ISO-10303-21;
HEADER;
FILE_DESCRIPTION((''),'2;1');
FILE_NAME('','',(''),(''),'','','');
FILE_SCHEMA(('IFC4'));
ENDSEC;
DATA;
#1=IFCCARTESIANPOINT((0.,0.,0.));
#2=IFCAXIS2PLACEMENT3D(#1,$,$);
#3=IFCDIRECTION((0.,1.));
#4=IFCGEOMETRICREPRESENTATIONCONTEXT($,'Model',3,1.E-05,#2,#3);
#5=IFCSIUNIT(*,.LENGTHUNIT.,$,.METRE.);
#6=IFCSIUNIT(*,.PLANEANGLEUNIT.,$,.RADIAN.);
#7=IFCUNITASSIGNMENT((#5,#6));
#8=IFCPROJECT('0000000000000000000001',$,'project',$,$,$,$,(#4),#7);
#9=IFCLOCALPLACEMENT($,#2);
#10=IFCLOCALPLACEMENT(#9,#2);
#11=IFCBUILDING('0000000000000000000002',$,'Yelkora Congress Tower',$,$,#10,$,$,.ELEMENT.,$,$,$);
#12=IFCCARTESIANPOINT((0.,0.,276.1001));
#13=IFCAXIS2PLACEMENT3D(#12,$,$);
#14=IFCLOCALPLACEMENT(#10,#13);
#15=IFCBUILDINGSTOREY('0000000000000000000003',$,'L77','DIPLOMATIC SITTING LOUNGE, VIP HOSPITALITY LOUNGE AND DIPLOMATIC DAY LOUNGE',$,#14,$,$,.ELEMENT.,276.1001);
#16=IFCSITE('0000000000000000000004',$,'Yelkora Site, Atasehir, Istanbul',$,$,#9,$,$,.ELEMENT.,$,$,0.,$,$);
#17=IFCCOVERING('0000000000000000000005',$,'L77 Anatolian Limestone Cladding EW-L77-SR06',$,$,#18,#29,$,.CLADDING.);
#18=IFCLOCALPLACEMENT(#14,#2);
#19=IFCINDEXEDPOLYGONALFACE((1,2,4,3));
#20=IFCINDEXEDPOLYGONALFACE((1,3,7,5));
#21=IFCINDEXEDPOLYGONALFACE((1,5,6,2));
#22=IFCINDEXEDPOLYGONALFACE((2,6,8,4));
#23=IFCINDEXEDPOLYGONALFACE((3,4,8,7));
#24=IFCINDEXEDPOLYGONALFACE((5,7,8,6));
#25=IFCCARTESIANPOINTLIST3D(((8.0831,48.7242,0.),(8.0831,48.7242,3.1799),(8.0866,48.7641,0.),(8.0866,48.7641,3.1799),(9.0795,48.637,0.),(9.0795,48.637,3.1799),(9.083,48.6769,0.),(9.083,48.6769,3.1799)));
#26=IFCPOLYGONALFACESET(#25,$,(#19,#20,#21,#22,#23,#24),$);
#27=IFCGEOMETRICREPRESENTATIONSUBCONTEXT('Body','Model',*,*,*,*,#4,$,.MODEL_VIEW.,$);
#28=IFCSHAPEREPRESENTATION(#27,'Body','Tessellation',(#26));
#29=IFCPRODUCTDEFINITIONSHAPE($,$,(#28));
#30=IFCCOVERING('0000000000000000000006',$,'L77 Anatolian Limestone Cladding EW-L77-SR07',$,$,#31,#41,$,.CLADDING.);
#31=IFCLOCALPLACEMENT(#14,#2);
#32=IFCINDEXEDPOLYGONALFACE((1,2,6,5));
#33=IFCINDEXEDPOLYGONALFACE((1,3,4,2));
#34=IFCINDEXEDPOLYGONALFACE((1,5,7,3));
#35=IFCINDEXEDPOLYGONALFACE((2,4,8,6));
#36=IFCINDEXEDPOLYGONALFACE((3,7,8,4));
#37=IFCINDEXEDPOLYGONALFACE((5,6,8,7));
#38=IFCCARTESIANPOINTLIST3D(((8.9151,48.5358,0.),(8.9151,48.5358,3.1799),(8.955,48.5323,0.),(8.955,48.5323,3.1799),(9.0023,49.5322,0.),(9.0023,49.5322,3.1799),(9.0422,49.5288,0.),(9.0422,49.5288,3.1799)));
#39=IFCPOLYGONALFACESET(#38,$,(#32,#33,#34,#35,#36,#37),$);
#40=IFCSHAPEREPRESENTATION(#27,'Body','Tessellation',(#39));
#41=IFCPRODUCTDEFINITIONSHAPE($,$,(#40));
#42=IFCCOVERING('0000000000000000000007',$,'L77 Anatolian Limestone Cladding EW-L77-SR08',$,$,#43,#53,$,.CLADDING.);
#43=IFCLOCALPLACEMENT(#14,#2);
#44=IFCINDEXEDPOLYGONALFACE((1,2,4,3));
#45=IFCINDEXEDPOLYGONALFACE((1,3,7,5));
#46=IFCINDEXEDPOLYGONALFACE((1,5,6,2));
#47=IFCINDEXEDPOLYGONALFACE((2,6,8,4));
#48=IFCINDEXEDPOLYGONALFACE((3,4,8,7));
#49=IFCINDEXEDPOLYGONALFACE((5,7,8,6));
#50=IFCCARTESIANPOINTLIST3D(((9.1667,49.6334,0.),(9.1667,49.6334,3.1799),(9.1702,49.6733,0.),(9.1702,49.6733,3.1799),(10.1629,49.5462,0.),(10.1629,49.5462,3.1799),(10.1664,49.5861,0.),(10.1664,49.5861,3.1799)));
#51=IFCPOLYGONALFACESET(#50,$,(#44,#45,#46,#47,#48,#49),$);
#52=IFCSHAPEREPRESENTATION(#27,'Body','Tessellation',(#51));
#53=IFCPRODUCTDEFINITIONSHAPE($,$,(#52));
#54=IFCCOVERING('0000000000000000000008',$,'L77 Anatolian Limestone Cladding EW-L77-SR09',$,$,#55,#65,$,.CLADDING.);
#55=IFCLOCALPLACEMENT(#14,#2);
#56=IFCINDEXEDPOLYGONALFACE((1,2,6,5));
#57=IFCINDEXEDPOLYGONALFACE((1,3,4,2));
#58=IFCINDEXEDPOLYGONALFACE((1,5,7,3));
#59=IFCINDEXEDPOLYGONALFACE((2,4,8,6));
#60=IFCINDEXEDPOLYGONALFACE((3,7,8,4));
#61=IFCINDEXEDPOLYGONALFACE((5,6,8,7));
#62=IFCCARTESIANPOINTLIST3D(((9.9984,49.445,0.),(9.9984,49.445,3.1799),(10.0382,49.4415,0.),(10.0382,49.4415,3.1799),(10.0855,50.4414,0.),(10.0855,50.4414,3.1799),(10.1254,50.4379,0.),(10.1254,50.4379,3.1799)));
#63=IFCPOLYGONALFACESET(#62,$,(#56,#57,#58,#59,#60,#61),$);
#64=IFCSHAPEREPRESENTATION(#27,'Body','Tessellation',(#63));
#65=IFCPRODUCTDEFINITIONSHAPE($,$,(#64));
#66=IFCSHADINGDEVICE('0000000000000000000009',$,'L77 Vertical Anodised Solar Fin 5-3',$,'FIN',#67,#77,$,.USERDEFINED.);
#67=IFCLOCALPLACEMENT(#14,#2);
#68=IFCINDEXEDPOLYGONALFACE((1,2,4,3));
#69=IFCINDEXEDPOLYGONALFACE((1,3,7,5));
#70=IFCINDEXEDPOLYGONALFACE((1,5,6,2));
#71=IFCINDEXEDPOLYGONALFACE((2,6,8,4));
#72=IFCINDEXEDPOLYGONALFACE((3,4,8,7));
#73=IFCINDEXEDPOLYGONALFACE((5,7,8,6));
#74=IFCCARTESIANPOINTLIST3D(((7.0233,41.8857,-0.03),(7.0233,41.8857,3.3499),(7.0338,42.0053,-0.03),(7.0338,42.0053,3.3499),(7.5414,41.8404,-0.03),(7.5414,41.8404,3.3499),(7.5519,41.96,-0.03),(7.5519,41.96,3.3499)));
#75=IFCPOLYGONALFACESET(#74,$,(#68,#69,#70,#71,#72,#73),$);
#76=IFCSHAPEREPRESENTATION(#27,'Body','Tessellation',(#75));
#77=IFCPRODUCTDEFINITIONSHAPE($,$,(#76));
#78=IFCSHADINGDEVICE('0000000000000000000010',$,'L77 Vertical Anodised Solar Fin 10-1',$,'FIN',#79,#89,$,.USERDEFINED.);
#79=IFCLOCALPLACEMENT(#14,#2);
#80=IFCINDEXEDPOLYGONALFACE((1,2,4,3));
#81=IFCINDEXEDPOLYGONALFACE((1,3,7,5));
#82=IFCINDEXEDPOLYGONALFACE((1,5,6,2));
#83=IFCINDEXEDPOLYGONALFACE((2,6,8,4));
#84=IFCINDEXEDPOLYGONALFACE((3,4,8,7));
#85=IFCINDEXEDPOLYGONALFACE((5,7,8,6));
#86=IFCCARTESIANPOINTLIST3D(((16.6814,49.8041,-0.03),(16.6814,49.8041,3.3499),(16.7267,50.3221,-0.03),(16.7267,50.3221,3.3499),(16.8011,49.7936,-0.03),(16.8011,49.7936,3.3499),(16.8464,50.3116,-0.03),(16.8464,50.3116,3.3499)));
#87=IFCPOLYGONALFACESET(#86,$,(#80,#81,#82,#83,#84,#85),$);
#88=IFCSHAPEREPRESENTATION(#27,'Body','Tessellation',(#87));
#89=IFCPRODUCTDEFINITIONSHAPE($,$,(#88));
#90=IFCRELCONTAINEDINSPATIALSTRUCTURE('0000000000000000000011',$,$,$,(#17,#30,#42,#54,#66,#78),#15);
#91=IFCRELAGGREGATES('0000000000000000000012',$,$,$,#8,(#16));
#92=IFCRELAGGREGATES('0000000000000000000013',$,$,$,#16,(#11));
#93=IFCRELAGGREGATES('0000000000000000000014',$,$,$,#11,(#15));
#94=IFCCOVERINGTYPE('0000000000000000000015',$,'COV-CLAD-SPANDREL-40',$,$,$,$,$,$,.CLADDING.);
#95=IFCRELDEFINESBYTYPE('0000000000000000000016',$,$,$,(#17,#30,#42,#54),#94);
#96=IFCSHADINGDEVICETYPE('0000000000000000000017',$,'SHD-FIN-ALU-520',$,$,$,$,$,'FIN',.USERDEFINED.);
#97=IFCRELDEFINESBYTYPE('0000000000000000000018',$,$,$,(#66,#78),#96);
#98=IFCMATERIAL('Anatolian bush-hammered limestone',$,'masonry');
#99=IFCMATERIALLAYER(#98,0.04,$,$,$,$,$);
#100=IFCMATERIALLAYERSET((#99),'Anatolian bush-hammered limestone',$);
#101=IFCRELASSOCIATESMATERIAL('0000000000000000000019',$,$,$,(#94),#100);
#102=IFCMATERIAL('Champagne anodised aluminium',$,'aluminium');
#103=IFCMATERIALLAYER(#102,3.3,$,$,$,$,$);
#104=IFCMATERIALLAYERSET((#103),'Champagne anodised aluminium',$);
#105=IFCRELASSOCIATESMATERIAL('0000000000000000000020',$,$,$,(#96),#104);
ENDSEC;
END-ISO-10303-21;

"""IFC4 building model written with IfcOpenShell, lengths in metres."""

from ifc_helpers import new_model, si_unit, direction, frame, frame_2d, origin, origin_2d, place, context, subcontext, project, spatial, rectangle, extrude, material, layer, layer_set, type_object, element, save


model = new_model("IFC4")

# Units and contexts
model_context = context("Model", 3, precision=1e-05, world=origin(), true_north=direction((0.0, 1.0)))
body_context = subcontext(model_context, "Body", "Model", "MODEL_VIEW")
ifc_project = project(units=[si_unit("LENGTHUNIT", "METRE"), si_unit("PLANEANGLEUNIT", "RADIAN")], contexts=[model_context])

# Site, building, storey
site_placement = place(None, origin())
site = spatial("IfcSite", under=ifc_project, at=site_placement, Name="Yelkora Site, Atasehir, Istanbul", CompositionType="ELEMENT", RefElevation=0.0)
building_placement = place(site_placement, origin())
building = spatial("IfcBuilding", under=site, at=building_placement, Name="Yelkora Congress Tower", CompositionType="ELEMENT")
storey_placement = place(building_placement, frame((0.0, 0.0, 276.1001)))
storey = spatial("IfcBuildingStorey", under=building, at=storey_placement, Name="L77", Description="DIPLOMATIC SITTING LOUNGE, VIP HOSPITALITY LOUNGE AND DIPLOMATIC DAY LOUNGE", CompositionType="ELEMENT", Elevation=276.1001)

# Coverings
ifc_material_1 = material(Name="Anatolian bush-hammered limestone", Category="masonry")
ifc_layer_1 = layer(ifc_material_1, 0.04)
ifc_layer_set_1 = layer_set([ifc_layer_1], Name="Anatolian bush-hammered limestone")
covering_type = type_object("IfcCoveringType", Name="COV-CLAD-SPANDREL-40", PredefinedType="CLADDING", material=ifc_layer_set_1)
for number, where, z_axis, x_axis, name in (
    (1, (8.085, 48.7441, 0.0), (0.0, 0.0, 1.0), (0.996196, -0.087146, 0.0), "L77 Anatolian Limestone Cladding EW-L77-SR06"),
    (2, (8.9351, 48.5342, 0.0), (0.0, 0.0, 1.0), (0.087146, 0.996196, 0.0), "L77 Anatolian Limestone Cladding EW-L77-SR07"),
):
    element("IfcCovering", number, at=place(storey_placement, frame(where, z_axis=z_axis, x_axis=x_axis)), inside=storey, type_object=covering_type, Name=name, PredefinedType="CLADDING", context=body_context, shape_type="SweptSolid", body=[
        extrude(rectangle(XDim=1.0002, YDim=0.04, at=frame_2d((0.5, 0.0))), origin(), (0.0, 0.0, 1.0), 3.1799),
    ])
covering_1_placement = place(storey_placement, frame((9.1685, 49.6533, 0.0), z_axis=(0.0, 0.0, 1.0), x_axis=(0.996194, -0.087167, 0.0)))
element("IfcCovering", 3, at=covering_1_placement, inside=storey, type_object=covering_type, Name="L77 Anatolian Limestone Cladding EW-L77-SR08", PredefinedType="CLADDING", context=body_context, shape_type="SweptSolid", body=[
    extrude(rectangle(XDim=1.0, YDim=0.04, at=frame_2d((0.5, 0.0))), origin(), (0.0, 0.0, 1.0), 3.1799),
])
covering_2_placement = place(storey_placement, frame((10.0183, 49.4434, 0.0), z_axis=(0.0, 0.0, 1.0), x_axis=(0.087146, 0.996196, 0.0)))
element("IfcCovering", 4, at=covering_2_placement, inside=storey, type_object=covering_type, Name="L77 Anatolian Limestone Cladding EW-L77-SR09", PredefinedType="CLADDING", context=body_context, shape_type="SweptSolid", body=[
    extrude(rectangle(XDim=1.0002, YDim=0.04, at=frame_2d((0.5, 0.0))), origin(), (0.0, 0.0, 1.0), 3.1799),
])

# Shading devices
ifc_material_2 = material(Name="Champagne anodised aluminium", Category="aluminium")
ifc_layer_2 = layer(ifc_material_2, 3.3)
ifc_layer_set_2 = layer_set([ifc_layer_2], Name="Champagne anodised aluminium")
shading_device_type = type_object("IfcShadingDeviceType", Name="SHD-FIN-ALU-520", ElementType="FIN", PredefinedType="USERDEFINED", material=ifc_layer_set_2)
for number, where, z_axis, x_axis, name in (
    (5, (7.2876, 41.9229, -0.03), (0.0, 0.0, 1.0), (0.087156, 0.996195, 0.0), "L77 Vertical Anodised Solar Fin 5-3"),
    (6, (16.7639, 50.0579, -0.03), (0.0, 0.0, 1.0), (0.996195, -0.087156, 0.0), "L77 Vertical Anodised Solar Fin 10-1"),
):
    element("IfcShadingDevice", number, at=place(storey_placement, frame(where, z_axis=z_axis, x_axis=x_axis)), inside=storey, type_object=shading_device_type, Name=name, ObjectType="FIN", PredefinedType="USERDEFINED", context=body_context, shape_type="SweptSolid", body=[
        extrude(rectangle(XDim=0.1201, YDim=0.52, at=origin_2d()), origin(), (0.0, 0.0, 1.0), 3.3799),
    ])

save(model, "model.ifc")
